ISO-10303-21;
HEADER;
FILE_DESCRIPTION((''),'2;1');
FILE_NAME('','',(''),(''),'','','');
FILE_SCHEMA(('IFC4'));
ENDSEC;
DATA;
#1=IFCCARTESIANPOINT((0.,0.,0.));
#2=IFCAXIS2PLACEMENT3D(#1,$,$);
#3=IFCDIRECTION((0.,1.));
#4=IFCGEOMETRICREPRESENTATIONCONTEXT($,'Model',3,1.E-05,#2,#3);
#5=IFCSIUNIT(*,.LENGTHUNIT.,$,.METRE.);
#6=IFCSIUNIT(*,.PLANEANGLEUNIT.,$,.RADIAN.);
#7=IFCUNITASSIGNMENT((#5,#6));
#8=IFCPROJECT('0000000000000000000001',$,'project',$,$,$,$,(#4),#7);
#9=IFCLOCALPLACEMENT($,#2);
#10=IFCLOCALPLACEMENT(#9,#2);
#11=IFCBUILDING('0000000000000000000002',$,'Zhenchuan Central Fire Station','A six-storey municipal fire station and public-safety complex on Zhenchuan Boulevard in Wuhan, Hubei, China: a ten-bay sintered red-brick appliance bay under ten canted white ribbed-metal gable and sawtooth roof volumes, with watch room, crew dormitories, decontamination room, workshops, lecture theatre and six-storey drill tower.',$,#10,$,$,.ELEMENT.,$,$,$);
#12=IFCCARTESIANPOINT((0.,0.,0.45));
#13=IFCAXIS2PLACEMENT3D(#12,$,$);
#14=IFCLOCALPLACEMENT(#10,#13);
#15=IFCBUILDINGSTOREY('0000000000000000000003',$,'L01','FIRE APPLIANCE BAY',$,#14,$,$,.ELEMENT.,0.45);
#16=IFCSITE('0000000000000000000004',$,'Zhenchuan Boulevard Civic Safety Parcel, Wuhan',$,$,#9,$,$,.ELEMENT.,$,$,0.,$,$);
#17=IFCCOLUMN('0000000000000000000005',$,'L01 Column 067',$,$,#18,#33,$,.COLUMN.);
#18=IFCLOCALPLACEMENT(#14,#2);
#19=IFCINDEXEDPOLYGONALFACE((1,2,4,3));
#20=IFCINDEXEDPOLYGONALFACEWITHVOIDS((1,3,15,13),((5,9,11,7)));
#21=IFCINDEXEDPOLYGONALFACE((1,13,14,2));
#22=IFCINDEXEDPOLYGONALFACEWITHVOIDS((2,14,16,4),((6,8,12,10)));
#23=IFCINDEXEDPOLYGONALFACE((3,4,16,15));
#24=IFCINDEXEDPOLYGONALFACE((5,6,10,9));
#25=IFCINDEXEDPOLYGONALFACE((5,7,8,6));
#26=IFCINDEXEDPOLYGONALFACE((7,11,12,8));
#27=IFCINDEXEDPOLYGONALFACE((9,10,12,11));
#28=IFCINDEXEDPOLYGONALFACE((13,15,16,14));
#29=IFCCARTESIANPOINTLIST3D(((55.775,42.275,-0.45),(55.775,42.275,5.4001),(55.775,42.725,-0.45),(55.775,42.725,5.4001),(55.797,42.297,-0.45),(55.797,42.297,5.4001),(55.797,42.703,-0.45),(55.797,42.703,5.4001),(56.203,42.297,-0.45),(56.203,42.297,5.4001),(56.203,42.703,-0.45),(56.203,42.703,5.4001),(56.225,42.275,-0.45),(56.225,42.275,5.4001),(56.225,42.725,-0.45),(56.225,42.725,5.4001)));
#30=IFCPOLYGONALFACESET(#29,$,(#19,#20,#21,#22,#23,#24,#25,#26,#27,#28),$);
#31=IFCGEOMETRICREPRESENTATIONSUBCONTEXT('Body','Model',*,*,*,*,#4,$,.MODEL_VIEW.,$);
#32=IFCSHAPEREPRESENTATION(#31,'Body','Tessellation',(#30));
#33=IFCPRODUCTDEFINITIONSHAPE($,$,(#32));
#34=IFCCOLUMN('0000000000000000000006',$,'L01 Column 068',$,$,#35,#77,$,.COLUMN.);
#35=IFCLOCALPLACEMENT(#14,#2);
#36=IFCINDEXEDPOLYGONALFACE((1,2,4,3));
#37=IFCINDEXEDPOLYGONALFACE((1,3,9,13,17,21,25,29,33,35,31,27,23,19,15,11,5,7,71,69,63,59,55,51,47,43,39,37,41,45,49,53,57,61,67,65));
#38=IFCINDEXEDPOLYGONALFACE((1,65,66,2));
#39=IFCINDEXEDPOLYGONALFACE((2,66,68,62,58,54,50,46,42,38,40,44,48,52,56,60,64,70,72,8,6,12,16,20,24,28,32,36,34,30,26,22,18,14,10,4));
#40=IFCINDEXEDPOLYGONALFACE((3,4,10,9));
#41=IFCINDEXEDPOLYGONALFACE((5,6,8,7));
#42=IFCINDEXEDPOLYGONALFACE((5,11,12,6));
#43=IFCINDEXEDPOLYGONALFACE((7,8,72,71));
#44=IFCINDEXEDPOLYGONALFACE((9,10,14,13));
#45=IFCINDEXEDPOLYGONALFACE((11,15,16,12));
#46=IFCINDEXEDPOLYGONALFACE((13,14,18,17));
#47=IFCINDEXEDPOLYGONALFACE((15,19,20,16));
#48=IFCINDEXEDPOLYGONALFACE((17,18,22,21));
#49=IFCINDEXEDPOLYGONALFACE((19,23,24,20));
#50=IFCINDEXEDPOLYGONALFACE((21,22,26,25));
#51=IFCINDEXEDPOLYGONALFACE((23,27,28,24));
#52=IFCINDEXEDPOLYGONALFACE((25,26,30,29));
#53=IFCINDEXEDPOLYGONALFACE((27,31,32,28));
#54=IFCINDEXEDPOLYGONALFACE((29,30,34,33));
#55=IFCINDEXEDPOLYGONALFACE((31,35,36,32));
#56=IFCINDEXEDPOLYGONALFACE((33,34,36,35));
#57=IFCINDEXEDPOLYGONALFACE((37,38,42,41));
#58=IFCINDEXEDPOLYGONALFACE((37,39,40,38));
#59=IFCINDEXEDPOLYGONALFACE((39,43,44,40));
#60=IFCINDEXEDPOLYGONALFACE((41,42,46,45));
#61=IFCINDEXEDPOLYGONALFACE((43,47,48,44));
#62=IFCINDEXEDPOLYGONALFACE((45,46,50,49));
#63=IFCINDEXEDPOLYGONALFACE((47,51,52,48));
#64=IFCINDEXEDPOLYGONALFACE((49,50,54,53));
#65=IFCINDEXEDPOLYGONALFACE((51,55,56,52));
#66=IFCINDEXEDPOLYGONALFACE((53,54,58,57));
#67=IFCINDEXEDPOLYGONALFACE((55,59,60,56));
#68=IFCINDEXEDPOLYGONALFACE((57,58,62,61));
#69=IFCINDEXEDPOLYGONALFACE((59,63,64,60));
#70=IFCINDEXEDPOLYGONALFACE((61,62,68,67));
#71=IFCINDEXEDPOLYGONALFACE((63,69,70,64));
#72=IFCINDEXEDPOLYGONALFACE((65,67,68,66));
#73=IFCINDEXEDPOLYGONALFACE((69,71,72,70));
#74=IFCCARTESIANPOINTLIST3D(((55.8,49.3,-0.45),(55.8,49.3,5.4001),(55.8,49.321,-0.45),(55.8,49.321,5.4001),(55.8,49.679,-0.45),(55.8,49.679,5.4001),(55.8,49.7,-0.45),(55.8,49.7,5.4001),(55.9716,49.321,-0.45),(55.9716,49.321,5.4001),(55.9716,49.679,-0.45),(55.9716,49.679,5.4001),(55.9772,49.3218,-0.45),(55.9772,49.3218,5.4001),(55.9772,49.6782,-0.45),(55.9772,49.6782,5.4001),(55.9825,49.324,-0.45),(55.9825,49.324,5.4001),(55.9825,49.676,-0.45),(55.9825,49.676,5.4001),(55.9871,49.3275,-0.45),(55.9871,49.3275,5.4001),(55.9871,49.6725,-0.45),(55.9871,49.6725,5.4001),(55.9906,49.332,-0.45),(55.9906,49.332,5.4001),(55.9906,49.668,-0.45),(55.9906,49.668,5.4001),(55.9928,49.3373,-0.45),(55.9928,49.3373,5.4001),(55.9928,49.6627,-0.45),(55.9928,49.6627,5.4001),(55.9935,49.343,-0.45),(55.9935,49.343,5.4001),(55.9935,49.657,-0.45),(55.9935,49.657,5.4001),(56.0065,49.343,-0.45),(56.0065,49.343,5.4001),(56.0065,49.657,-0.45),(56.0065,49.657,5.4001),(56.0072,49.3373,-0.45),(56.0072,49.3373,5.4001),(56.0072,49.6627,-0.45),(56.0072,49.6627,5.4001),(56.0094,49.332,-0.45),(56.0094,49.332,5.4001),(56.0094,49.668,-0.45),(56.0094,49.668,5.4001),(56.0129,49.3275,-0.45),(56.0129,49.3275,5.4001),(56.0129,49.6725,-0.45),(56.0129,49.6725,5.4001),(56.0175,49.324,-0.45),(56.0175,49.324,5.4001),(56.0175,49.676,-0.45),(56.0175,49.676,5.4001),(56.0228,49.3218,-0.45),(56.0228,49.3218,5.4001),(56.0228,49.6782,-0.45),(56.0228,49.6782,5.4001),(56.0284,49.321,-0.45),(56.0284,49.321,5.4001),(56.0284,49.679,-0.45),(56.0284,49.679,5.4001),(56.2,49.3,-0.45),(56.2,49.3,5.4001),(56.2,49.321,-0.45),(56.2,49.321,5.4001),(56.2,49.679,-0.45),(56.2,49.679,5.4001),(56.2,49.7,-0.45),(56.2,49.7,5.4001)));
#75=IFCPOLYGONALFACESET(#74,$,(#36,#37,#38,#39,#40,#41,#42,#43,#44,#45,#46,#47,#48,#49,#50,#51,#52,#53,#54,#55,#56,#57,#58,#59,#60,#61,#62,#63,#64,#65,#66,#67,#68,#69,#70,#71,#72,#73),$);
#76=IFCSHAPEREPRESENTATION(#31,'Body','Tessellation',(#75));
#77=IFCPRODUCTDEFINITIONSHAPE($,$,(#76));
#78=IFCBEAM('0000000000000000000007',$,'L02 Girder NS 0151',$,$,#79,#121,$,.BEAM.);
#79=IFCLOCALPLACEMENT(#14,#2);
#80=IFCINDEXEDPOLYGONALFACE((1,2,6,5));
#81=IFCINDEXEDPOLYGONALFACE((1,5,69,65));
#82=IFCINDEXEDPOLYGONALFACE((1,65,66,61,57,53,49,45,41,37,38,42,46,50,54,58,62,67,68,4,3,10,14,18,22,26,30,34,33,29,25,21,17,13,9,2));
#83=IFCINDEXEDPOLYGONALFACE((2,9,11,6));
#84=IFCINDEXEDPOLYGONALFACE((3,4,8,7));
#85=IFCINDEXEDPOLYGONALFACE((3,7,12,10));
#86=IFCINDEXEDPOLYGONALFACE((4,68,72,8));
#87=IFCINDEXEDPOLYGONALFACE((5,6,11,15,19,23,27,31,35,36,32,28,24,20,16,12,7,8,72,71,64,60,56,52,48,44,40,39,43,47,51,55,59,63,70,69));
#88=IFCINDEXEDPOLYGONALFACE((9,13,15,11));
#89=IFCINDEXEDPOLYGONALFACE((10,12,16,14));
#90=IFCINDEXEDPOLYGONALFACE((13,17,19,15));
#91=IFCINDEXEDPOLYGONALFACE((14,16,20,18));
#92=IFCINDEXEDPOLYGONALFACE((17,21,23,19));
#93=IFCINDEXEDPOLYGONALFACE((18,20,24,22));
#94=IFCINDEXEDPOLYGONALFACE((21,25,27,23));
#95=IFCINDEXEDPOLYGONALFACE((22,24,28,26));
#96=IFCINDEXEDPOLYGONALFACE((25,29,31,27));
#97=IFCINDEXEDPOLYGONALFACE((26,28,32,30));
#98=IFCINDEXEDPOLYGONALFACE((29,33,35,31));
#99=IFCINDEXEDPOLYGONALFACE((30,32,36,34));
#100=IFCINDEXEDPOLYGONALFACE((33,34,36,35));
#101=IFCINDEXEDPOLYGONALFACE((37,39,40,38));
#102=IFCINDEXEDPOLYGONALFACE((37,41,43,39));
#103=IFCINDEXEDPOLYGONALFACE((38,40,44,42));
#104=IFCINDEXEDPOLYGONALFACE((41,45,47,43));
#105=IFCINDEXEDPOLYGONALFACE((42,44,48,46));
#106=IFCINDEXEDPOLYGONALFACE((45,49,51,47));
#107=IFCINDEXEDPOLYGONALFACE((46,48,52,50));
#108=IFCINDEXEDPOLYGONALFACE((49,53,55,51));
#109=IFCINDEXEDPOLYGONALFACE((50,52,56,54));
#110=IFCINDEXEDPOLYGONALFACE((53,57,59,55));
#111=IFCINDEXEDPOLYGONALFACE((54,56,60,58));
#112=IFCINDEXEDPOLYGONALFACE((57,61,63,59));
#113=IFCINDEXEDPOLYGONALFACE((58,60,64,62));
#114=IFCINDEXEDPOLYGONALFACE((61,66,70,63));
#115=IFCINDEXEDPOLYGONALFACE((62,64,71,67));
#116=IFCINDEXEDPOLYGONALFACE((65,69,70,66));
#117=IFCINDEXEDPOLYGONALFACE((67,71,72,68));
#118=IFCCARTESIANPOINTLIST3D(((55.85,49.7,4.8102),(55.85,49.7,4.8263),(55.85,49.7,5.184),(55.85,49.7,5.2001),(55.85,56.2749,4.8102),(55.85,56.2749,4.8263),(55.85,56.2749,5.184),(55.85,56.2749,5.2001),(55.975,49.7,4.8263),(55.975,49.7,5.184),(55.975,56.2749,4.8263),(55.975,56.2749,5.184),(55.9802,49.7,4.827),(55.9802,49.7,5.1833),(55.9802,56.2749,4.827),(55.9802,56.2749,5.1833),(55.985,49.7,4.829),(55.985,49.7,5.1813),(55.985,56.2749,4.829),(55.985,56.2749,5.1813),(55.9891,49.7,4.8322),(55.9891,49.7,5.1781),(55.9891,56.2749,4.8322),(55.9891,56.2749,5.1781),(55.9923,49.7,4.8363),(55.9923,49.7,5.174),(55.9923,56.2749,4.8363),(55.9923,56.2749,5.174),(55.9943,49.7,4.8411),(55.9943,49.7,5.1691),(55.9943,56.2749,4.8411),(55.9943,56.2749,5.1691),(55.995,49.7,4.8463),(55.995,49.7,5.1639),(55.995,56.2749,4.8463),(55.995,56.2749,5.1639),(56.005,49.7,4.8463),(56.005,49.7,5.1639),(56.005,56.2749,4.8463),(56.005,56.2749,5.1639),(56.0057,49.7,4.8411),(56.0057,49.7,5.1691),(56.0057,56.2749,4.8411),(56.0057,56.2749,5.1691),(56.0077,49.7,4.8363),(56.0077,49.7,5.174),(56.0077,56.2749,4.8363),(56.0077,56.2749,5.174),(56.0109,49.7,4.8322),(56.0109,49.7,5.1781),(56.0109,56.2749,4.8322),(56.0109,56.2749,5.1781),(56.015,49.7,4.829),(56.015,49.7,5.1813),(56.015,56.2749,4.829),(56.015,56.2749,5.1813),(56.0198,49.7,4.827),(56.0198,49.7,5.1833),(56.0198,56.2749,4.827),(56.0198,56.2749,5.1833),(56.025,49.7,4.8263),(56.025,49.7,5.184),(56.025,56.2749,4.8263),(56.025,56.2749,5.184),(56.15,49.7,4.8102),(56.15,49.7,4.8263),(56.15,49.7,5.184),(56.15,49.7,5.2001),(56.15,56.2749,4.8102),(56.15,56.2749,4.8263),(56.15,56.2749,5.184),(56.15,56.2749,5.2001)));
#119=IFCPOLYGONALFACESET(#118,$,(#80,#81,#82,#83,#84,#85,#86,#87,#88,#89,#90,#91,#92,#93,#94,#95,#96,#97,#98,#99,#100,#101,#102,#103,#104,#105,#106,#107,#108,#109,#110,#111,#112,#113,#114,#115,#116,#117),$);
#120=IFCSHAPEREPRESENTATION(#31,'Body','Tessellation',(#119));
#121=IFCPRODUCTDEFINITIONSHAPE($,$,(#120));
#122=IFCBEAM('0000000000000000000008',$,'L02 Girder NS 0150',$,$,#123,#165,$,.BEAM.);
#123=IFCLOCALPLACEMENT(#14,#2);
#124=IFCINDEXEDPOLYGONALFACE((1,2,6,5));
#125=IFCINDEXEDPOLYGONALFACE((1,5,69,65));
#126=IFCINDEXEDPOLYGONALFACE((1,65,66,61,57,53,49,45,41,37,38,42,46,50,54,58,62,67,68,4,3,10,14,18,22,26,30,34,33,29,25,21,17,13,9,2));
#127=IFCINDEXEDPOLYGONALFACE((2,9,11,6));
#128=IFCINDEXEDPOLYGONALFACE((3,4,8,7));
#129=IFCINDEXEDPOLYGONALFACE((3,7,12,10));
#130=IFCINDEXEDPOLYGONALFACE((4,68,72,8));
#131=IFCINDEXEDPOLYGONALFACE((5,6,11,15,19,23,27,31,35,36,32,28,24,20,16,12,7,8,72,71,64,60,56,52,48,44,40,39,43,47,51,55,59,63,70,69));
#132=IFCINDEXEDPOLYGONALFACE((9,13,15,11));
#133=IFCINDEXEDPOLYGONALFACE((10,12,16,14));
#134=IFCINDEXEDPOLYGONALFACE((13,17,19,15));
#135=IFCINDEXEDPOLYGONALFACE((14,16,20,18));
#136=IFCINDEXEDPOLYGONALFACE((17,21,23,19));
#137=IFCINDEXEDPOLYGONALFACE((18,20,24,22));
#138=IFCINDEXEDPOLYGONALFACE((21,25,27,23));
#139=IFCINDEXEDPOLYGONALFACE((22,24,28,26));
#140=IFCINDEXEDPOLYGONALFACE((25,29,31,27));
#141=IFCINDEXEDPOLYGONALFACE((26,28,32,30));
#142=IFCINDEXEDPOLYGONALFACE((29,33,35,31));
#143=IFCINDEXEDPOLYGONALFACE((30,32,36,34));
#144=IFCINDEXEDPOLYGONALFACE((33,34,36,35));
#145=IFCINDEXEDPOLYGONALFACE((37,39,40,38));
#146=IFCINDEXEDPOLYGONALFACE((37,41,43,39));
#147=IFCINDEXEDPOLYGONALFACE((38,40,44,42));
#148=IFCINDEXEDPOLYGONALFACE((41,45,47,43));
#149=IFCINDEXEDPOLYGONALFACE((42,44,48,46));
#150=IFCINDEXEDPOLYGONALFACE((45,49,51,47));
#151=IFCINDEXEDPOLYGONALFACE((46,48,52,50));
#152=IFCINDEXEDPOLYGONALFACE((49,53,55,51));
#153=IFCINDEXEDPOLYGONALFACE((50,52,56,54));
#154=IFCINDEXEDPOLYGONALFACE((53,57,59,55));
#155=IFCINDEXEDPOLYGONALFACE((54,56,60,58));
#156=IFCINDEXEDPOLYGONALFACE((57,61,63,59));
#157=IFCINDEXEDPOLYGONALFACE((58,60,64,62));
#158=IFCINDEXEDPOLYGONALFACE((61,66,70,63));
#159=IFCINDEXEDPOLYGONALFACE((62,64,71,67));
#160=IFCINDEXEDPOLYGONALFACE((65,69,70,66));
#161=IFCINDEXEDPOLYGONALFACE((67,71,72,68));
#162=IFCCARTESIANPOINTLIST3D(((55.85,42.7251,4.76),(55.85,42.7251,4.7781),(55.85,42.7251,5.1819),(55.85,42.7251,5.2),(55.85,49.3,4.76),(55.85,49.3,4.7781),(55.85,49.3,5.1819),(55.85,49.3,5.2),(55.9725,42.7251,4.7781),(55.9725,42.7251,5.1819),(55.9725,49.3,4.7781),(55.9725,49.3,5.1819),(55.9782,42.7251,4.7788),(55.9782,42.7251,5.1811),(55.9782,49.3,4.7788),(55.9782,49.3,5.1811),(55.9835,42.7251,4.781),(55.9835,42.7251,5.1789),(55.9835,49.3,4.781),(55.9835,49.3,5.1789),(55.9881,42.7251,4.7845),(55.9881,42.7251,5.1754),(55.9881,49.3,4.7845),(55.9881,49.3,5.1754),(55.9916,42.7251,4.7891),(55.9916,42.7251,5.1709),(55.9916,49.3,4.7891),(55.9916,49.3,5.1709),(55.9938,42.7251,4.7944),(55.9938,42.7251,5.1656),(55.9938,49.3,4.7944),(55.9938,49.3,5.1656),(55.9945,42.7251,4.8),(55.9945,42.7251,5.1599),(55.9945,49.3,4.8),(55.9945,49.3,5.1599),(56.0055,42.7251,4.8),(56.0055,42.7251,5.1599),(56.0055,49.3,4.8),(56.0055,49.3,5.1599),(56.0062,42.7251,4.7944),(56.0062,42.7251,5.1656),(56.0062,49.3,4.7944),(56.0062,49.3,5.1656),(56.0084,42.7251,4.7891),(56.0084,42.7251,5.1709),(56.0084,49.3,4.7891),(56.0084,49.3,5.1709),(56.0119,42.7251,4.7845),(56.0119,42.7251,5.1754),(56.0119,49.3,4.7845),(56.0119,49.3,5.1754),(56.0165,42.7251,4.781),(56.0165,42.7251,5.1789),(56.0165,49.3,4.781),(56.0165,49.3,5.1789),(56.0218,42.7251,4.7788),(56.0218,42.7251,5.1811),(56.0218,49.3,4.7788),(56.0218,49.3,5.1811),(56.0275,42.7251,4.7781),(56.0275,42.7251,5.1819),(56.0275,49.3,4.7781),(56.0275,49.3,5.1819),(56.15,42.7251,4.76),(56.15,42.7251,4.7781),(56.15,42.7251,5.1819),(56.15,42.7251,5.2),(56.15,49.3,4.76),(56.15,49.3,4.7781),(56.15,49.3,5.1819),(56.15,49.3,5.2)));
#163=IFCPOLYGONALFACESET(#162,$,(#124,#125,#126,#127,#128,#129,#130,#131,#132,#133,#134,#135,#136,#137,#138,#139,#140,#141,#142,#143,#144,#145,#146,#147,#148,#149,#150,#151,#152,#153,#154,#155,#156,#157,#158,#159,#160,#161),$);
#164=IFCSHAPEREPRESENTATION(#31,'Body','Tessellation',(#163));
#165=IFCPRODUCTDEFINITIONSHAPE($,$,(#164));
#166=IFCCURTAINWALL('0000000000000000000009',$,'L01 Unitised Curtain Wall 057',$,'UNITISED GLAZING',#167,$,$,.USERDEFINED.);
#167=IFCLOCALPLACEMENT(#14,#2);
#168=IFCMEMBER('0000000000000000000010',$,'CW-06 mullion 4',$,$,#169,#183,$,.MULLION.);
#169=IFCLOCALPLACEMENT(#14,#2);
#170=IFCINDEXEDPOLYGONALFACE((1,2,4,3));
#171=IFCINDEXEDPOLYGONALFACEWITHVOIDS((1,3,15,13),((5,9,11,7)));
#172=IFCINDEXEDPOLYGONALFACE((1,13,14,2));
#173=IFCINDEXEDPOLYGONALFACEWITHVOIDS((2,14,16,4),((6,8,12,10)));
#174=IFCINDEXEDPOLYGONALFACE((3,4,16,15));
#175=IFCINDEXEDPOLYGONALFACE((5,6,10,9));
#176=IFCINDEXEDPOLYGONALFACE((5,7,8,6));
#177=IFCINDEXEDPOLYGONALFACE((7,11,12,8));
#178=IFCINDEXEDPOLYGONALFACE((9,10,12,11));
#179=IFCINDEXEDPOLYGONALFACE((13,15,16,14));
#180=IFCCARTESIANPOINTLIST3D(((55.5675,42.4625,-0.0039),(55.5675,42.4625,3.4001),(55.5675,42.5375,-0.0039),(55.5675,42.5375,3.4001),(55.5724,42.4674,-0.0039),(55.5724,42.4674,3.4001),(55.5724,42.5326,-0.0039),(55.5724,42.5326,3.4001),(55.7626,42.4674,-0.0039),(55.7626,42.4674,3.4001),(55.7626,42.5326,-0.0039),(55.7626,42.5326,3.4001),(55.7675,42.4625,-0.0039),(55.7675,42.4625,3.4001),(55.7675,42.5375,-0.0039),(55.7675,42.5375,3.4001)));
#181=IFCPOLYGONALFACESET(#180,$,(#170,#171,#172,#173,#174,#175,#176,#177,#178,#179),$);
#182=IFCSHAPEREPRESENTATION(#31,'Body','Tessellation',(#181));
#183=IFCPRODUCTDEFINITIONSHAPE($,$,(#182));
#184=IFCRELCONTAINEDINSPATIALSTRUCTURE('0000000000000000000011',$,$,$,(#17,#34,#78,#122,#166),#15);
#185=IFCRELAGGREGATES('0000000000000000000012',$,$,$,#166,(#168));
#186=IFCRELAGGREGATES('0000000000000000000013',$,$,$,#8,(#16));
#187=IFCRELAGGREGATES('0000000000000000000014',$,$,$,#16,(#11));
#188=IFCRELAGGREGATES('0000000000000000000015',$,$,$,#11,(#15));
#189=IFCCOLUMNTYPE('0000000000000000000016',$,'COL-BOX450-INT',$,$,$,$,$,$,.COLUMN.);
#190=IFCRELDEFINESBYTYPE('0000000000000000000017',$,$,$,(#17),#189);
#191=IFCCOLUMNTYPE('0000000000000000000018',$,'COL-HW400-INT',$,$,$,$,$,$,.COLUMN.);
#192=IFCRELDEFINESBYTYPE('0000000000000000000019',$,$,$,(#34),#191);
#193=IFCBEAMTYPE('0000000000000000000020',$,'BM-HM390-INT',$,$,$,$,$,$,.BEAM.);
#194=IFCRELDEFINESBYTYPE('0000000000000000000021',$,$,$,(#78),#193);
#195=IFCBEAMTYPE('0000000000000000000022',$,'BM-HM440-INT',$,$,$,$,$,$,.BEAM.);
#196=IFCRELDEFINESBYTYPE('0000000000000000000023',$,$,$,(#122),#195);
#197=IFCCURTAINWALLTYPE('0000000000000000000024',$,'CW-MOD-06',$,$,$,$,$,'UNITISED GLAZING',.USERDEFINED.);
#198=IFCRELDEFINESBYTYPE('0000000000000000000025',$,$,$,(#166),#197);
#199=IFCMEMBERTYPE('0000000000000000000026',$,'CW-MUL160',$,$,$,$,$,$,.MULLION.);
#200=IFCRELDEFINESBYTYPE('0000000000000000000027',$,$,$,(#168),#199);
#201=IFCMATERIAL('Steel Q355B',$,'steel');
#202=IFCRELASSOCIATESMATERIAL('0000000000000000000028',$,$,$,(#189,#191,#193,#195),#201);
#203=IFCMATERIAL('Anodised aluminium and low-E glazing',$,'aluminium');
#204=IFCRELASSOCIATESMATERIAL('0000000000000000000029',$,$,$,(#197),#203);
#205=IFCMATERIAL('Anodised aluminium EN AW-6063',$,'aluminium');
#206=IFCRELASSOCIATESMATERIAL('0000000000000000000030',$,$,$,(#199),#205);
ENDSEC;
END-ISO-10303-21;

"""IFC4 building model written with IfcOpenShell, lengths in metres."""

from ifc_helpers import new_model, si_unit, direction, frame, origin, origin_2d, place, context, subcontext, project, spatial, hollow_rectangle, i_section, extrude, material, material_profile, profile_set, type_object, element, aggregate, save


model = new_model("IFC4")

# Units and contexts
model_context = context("Model", 3, precision=1e-05, world=origin(), true_north=direction((0.0, 1.0)))
body_context = subcontext(model_context, "Body", "Model", "MODEL_VIEW")
ifc_project = project(units=[si_unit("LENGTHUNIT", "METRE"), si_unit("PLANEANGLEUNIT", "RADIAN")], contexts=[model_context])

# Site, building, storey
site_placement = place(None, origin())
site = spatial("IfcSite", under=ifc_project, at=site_placement, Name="Zhenchuan Boulevard Civic Safety Parcel, Wuhan", CompositionType="ELEMENT", RefElevation=0.0)
building_placement = place(site_placement, origin())
building = spatial("IfcBuilding", under=site, at=building_placement, Name="Zhenchuan Central Fire Station", Description="A six-storey municipal fire station and public-safety complex on Zhenchuan Boulevard in Wuhan, Hubei, China: a ten-bay sintered red-brick appliance bay under ten canted white ribbed-metal gable and sawtooth roof volumes, with watch room, crew dormitories, decontamination room, workshops, lecture theatre and six-storey drill tower.", CompositionType="ELEMENT")
storey_placement = place(building_placement, frame((0.0, 0.0, 0.45)))
storey = spatial("IfcBuildingStorey", under=building, at=storey_placement, Name="L01", Description="FIRE APPLIANCE BAY", CompositionType="ELEMENT", Elevation=0.45)

# Columns
ifc_material_1 = material(Name="Steel Q355B", Category="steel")
ifc_material_profile_1 = material_profile(ifc_material_1, hollow_rectangle(XDim=0.45, YDim=0.45, WallThickness=0.022, at=origin_2d()), Name="BOX 450x450x22")
ifc_profile_set_1 = profile_set([ifc_material_profile_1], Name="Steel Q355B")
column_type_1 = type_object("IfcColumnType", Name="COL-BOX450-INT", PredefinedType="COLUMN", material=ifc_profile_set_1)
column_1_placement = place(storey_placement, frame((56.0, 42.5, -0.45), z_axis=(0.0, 0.0, 1.0), x_axis=(1.0, 0.0, 0.0)))
element("IfcColumn", 1, at=column_1_placement, inside=storey, type_object=column_type_1, Name="L01 Column 067", PredefinedType="COLUMN", context=body_context, shape_type="SweptSolid", body=[
    extrude(hollow_rectangle(XDim=0.45, YDim=0.45, WallThickness=0.022, at=origin_2d()), origin(), (0.0, 0.0, 1.0), 5.8501),
])
ifc_material_profile_2 = material_profile(ifc_material_1, i_section(OverallWidth=0.3999, OverallDepth=0.3999, WebThickness=0.0129, FlangeThickness=0.021, FilletRadius=0.022, at=origin_2d()), Name="HW 400x400")
ifc_profile_set_2 = profile_set([ifc_material_profile_2], Name="Steel Q355B")
column_type_2 = type_object("IfcColumnType", Name="COL-HW400-INT", PredefinedType="COLUMN", material=ifc_profile_set_2)
column_2_placement = place(storey_placement, frame((56.0, 49.5, -0.45), z_axis=(0.0, 0.0, 1.0), x_axis=(1.0, 0.0, 0.0)))
element("IfcColumn", 2, at=column_2_placement, inside=storey, type_object=column_type_2, Name="L01 Column 068", PredefinedType="COLUMN", context=body_context, shape_type="SweptSolid", body=[
    extrude(i_section(OverallWidth=0.3999, OverallDepth=0.3999, WebThickness=0.0129, FlangeThickness=0.021, FilletRadius=0.022, at=origin_2d()), origin(), (0.0, 0.0, 1.0), 5.8501),
])

# Beams
ifc_material_profile_3 = material_profile(ifc_material_1, i_section(OverallWidth=0.3, OverallDepth=0.3899, WebThickness=0.01, FlangeThickness=0.0161, FilletRadius=0.02, at=origin_2d()), Name="HM 390x300")
ifc_profile_set_3 = profile_set([ifc_material_profile_3], Name="Steel Q355B")
beam_type_1 = type_object("IfcBeamType", Name="BM-HM390-INT", PredefinedType="BEAM", material=ifc_profile_set_3)
beam_1_placement = place(storey_placement, frame((56.0, 49.7, 5.0051), z_axis=(0.0, 1.0, 0.0), x_axis=(-1.0, 0.0, 0.0)))
element("IfcBeam", 3, at=beam_1_placement, inside=storey, type_object=beam_type_1, Name="L02 Girder NS 0151", PredefinedType="BEAM", context=body_context, shape_type="SweptSolid", body=[
    extrude(i_section(OverallWidth=0.3, OverallDepth=0.3899, WebThickness=0.01, FlangeThickness=0.0161, FilletRadius=0.02, at=origin_2d()), origin(), (0.0, 0.0, 1.0), 6.575),
])
ifc_material_profile_4 = material_profile(ifc_material_1, i_section(OverallWidth=0.3, OverallDepth=0.4399, WebThickness=0.011, FlangeThickness=0.0181, FilletRadius=0.022, at=origin_2d()), Name="HM 440x300")
ifc_profile_set_4 = profile_set([ifc_material_profile_4], Name="Steel Q355B")
beam_type_2 = type_object("IfcBeamType", Name="BM-HM440-INT", PredefinedType="BEAM", material=ifc_profile_set_4)
beam_2_placement = place(storey_placement, frame((56.0, 42.7251, 4.98), z_axis=(0.0, 1.0, 0.0), x_axis=(-1.0, 0.0, 0.0)))
element("IfcBeam", 4, at=beam_2_placement, inside=storey, type_object=beam_type_2, Name="L02 Girder NS 0150", PredefinedType="BEAM", context=body_context, shape_type="SweptSolid", body=[
    extrude(i_section(OverallWidth=0.3, OverallDepth=0.4399, WebThickness=0.011, FlangeThickness=0.0181, FilletRadius=0.022, at=origin_2d()), origin(), (0.0, 0.0, 1.0), 6.575),
])

# Curtain wall, member
ifc_material_2 = material(Name="Anodised aluminium and low-E glazing", Category="aluminium")
curtain_wall_type = type_object("IfcCurtainWallType", Name="CW-MOD-06", ElementType="UNITISED GLAZING", PredefinedType="USERDEFINED", material=ifc_material_2)
curtain_wall_placement = place(storey_placement, origin())
curtain_wall = element("IfcCurtainWall", 5, at=curtain_wall_placement, inside=storey, type_object=curtain_wall_type, Name="L01 Unitised Curtain Wall 057", ObjectType="UNITISED GLAZING", PredefinedType="USERDEFINED")
ifc_material_3 = material(Name="Anodised aluminium EN AW-6063", Category="aluminium")
ifc_material_profile_5 = material_profile(ifc_material_3, hollow_rectangle(XDim=0.075, YDim=0.2, WallThickness=0.0049, at=origin_2d()), Name="ALU-M 200x75")
ifc_profile_set_5 = profile_set([ifc_material_profile_5], Name="Anodised aluminium EN AW-6063")
member_type = type_object("IfcMemberType", Name="CW-MUL160", PredefinedType="MULLION", material=ifc_profile_set_5)
member_placement = place(storey_placement, frame((55.6675, 42.5, -0.0039), z_axis=(0.0, 0.0, 1.0), x_axis=(0.0, 1.0, 0.0)))
member = element("IfcMember", 6, at=member_placement, type_object=member_type, Name="CW-06 mullion 4", PredefinedType="MULLION", context=body_context, shape_type="SweptSolid", body=[
    extrude(hollow_rectangle(XDim=0.075, YDim=0.2, WallThickness=0.0049, at=origin_2d()), origin(), (0.0, 0.0, 1.0), 3.4041),
])

aggregate(curtain_wall, [member])

save(model, "model.ifc")
